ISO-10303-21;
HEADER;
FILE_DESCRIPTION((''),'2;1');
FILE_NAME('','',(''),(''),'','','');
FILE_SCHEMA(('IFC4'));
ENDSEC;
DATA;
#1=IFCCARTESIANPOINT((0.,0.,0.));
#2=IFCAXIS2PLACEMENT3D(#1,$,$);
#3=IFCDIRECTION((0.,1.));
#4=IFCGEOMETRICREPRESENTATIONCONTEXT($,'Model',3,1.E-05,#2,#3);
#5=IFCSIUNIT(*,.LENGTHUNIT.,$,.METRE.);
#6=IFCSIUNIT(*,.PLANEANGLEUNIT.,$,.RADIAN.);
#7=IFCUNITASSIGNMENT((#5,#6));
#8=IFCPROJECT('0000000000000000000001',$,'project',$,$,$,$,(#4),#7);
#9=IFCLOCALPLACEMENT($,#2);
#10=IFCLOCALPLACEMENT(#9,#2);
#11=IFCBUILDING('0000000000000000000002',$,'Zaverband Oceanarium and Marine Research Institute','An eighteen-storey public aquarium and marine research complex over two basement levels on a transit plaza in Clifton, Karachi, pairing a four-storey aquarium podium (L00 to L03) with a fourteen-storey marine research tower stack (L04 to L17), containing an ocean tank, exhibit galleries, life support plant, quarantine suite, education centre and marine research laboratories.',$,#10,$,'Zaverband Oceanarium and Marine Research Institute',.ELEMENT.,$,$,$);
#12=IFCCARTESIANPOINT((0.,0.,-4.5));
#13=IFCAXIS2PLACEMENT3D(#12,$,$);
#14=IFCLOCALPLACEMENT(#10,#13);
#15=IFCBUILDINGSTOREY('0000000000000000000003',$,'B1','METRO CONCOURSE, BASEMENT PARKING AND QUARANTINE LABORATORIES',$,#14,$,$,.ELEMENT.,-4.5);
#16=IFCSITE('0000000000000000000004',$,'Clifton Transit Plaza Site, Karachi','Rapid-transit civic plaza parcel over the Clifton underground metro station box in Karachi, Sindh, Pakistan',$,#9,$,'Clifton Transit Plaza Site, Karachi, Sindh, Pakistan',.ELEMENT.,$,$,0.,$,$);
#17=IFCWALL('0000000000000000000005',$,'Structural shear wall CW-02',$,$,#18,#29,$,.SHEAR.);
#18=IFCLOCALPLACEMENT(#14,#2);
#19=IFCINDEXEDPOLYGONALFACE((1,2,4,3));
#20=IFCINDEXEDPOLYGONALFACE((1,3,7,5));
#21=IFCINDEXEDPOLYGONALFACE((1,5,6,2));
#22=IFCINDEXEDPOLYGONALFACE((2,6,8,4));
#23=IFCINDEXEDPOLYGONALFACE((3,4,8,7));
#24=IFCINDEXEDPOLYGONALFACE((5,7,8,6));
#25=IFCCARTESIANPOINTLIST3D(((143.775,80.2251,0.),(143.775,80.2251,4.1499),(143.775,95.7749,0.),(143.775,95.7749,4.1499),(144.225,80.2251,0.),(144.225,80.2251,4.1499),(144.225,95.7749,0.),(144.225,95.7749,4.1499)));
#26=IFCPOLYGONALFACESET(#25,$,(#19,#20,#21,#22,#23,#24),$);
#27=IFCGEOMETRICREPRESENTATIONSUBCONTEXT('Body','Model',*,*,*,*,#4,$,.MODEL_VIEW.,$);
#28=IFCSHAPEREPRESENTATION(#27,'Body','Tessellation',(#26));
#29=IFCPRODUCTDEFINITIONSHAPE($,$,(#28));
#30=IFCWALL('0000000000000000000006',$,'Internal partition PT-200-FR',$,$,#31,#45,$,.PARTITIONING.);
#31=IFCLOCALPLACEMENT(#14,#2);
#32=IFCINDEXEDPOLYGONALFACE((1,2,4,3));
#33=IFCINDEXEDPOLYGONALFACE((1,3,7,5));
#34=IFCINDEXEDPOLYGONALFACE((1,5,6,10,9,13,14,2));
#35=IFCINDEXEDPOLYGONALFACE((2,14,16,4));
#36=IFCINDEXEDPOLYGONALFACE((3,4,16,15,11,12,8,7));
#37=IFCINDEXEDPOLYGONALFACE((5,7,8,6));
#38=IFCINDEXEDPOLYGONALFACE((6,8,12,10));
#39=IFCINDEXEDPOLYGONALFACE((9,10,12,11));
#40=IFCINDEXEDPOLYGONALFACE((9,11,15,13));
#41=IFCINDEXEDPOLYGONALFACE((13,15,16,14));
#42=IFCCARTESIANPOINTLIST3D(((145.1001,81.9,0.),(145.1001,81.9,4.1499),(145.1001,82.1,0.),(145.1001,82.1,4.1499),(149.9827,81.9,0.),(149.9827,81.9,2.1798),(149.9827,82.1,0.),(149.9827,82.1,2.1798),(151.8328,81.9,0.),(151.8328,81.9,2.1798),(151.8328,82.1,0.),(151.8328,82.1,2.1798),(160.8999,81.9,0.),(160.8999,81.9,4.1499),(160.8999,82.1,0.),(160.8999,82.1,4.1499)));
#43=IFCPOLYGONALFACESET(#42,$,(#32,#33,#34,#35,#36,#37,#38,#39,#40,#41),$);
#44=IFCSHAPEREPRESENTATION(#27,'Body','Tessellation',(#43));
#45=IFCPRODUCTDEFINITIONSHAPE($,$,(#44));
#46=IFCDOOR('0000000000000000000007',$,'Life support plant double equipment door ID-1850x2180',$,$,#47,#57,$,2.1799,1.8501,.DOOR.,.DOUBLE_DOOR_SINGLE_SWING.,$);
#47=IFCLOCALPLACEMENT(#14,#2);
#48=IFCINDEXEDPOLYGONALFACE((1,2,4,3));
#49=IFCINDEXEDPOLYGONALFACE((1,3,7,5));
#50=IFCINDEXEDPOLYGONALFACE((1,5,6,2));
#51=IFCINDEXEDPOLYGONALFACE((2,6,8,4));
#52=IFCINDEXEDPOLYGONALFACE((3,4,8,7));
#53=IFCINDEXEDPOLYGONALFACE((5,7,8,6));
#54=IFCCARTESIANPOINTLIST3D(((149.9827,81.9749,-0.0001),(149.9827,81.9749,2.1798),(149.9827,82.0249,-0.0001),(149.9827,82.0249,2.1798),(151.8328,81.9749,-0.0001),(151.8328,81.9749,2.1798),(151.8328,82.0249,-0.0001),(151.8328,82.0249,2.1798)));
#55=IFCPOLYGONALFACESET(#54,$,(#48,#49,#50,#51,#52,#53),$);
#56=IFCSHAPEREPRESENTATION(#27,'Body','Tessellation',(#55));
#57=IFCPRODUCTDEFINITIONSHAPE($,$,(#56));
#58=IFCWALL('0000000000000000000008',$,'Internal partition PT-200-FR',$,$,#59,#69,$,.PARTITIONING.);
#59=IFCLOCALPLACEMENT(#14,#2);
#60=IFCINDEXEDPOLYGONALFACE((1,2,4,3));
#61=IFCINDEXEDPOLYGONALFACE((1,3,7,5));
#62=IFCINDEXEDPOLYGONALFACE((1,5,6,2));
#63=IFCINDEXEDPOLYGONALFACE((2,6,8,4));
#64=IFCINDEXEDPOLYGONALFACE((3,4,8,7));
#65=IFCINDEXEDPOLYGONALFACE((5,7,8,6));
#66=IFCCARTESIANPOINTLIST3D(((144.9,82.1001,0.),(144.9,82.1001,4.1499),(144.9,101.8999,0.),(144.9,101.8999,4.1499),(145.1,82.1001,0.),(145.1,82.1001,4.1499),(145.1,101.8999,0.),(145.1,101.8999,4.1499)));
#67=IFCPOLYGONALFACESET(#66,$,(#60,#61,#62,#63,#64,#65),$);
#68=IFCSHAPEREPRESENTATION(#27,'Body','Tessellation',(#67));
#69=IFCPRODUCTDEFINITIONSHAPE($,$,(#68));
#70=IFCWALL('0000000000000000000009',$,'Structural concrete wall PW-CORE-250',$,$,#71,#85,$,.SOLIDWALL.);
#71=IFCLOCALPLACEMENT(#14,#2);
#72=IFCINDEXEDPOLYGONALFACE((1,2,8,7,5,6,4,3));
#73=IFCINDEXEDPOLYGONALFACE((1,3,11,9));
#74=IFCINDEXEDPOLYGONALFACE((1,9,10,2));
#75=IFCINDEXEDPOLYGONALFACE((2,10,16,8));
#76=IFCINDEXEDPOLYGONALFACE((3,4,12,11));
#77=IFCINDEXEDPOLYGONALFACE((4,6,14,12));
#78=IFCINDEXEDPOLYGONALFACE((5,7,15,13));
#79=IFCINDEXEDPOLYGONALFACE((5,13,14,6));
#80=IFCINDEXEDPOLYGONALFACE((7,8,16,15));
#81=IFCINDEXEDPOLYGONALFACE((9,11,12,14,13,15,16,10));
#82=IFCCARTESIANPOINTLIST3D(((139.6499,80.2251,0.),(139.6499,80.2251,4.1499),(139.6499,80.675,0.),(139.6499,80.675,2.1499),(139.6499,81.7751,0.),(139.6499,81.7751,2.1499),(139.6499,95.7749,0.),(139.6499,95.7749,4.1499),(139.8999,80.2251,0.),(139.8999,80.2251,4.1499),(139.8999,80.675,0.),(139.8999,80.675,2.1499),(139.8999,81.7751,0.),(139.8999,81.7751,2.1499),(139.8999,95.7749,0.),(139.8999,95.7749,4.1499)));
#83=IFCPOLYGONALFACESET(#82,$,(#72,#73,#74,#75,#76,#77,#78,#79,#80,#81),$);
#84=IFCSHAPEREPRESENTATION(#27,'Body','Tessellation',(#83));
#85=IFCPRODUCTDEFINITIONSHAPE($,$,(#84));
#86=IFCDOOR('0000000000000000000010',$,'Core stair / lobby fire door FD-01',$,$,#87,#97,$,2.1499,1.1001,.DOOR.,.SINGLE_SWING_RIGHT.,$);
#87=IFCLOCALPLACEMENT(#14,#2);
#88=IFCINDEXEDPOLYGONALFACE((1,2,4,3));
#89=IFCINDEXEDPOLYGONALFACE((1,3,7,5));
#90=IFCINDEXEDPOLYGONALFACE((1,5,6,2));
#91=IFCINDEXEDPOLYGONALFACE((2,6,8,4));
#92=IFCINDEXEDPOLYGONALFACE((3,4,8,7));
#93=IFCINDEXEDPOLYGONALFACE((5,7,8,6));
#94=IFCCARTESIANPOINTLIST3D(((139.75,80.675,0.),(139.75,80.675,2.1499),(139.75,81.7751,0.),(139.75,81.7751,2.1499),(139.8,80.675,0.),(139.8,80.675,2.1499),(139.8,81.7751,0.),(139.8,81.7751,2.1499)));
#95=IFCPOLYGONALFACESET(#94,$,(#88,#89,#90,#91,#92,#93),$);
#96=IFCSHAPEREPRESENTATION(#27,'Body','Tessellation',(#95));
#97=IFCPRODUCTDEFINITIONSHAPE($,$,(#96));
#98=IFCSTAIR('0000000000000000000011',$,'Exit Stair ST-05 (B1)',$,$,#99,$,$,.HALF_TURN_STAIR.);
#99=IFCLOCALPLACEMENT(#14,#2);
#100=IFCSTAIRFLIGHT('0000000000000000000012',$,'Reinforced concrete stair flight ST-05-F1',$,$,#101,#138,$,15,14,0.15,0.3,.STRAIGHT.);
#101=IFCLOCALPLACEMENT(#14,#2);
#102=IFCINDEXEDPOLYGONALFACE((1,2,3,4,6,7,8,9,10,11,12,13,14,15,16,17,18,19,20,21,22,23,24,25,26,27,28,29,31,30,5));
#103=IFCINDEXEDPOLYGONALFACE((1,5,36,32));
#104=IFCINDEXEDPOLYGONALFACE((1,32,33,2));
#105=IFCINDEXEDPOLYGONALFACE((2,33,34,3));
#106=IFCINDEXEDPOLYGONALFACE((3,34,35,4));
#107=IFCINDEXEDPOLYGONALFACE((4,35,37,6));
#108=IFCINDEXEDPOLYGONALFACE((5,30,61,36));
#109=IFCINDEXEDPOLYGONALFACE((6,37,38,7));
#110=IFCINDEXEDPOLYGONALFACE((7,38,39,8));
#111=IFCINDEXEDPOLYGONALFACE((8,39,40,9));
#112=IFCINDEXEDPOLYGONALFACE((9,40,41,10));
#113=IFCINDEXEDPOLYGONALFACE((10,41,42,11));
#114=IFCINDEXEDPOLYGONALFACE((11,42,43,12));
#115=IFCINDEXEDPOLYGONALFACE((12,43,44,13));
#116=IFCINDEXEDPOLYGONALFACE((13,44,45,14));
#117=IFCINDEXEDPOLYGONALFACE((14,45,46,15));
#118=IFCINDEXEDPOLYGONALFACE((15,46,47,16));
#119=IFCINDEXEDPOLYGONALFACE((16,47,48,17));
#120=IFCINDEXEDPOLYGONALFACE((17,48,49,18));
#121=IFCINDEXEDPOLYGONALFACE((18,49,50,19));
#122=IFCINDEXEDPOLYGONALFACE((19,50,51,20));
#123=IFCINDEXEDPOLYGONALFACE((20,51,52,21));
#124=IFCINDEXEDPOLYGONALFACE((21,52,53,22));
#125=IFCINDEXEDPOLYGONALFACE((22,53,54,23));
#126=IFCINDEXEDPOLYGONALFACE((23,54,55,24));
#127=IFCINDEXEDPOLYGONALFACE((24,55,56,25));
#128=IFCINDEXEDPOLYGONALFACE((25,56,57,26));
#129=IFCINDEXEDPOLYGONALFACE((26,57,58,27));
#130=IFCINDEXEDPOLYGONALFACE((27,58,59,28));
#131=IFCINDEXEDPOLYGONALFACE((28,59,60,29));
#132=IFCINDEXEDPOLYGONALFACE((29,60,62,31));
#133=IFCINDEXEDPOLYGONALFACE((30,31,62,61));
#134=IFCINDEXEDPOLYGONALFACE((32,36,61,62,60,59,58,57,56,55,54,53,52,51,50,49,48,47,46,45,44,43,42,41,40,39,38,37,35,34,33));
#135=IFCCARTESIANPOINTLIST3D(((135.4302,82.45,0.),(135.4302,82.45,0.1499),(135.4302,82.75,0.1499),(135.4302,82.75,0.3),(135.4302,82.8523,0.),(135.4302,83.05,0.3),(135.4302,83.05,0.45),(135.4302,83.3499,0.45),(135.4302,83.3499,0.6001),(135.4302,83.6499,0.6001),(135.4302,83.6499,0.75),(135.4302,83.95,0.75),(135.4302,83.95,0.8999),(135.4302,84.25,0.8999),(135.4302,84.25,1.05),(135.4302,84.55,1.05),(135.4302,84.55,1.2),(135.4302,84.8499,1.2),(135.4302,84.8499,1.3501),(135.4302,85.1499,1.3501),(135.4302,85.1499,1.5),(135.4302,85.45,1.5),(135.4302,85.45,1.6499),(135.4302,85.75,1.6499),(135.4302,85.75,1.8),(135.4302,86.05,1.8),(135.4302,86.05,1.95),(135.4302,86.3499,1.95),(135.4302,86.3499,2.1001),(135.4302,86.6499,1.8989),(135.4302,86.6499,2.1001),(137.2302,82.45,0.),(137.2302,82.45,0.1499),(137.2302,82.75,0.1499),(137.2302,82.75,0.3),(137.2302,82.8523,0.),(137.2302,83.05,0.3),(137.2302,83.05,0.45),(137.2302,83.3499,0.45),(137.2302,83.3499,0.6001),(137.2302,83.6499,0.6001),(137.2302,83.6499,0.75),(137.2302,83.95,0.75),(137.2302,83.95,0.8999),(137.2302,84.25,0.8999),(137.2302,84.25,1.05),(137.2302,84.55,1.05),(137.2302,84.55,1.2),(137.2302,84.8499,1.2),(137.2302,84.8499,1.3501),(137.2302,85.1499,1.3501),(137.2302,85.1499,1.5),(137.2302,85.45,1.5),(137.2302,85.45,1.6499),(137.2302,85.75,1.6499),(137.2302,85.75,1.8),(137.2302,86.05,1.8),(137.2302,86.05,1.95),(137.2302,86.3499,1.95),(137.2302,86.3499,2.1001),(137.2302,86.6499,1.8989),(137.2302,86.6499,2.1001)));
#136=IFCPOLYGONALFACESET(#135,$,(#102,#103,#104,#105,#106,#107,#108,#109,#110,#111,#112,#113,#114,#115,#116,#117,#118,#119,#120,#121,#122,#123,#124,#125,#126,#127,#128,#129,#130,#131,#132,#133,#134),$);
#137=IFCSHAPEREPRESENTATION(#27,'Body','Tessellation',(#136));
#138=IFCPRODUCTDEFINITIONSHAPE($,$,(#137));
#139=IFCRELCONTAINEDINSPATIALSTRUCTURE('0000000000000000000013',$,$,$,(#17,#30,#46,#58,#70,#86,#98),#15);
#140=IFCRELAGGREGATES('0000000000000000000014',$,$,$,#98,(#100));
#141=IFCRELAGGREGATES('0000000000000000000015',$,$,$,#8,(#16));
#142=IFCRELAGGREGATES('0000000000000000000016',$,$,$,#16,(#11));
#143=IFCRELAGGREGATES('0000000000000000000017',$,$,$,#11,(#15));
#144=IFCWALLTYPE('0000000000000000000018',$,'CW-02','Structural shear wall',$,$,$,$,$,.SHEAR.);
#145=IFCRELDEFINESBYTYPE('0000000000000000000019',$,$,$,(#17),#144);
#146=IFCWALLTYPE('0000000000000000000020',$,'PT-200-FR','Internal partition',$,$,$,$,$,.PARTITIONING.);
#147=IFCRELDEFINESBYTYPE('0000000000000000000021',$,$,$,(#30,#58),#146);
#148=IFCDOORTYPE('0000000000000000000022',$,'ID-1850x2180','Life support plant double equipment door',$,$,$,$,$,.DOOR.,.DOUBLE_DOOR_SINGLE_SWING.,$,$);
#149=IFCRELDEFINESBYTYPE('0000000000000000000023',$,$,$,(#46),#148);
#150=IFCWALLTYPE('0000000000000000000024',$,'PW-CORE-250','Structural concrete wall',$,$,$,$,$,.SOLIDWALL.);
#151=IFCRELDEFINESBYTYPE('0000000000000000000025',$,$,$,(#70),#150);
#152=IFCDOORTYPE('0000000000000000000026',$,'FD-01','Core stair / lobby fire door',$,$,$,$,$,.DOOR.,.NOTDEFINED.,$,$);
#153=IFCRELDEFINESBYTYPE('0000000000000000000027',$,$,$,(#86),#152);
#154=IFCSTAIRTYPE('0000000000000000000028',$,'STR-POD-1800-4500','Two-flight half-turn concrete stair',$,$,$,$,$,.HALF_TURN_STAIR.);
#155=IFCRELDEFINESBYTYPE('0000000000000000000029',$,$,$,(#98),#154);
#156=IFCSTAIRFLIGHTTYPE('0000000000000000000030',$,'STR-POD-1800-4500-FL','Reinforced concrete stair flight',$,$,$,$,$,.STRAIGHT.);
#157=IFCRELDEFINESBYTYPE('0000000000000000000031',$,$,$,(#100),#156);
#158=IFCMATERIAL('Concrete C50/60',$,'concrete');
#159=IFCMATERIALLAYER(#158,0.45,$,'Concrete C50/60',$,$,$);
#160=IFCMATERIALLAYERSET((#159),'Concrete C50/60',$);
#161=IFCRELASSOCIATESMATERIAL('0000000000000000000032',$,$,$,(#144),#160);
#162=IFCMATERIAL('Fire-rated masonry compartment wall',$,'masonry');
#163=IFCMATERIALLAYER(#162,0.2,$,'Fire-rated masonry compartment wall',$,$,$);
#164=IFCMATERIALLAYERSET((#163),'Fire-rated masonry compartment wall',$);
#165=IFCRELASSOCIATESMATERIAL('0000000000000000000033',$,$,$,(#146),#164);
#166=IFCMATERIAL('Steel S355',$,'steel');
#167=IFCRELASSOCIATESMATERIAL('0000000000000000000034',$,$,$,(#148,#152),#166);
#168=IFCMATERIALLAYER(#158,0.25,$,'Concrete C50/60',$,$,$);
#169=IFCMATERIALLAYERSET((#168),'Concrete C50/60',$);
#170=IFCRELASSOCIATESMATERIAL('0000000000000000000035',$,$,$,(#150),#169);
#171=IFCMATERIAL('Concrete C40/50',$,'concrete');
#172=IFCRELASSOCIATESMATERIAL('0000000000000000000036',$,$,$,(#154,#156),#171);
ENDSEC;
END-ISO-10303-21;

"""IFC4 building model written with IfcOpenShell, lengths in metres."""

from ifc_helpers import new_model, si_unit, direction, frame, frame_2d, origin, place, context, subcontext, project, spatial, polyline, rectangle, outline, extrude, material, layer, layer_set, type_object, element, fill, aggregate, save


model = new_model("IFC4")

# Units and contexts
model_context = context("Model", 3, precision=1e-05, world=origin(), true_north=direction((0.0, 1.0)))
body_context = subcontext(model_context, "Body", "Model", "MODEL_VIEW")
ifc_project = project(units=[si_unit("LENGTHUNIT", "METRE"), si_unit("PLANEANGLEUNIT", "RADIAN")], contexts=[model_context])

# Site, building, storey
site_placement = place(None, origin())
site = spatial("IfcSite", under=ifc_project, at=site_placement, Name="Clifton Transit Plaza Site, Karachi", Description="Rapid-transit civic plaza parcel over the Clifton underground metro station box in Karachi, Sindh, Pakistan", LongName="Clifton Transit Plaza Site, Karachi, Sindh, Pakistan", CompositionType="ELEMENT", RefElevation=0.0)
building_placement = place(site_placement, origin())
building = spatial("IfcBuilding", under=site, at=building_placement, Name="Zaverband Oceanarium and Marine Research Institute", Description="An eighteen-storey public aquarium and marine research complex over two basement levels on a transit plaza in Clifton, Karachi, pairing a four-storey aquarium podium (L00 to L03) with a fourteen-storey marine research tower stack (L04 to L17), containing an ocean tank, exhibit galleries, life support plant, quarantine suite, education centre and marine research laboratories.", LongName="Zaverband Oceanarium and Marine Research Institute", CompositionType="ELEMENT")
storey_placement = place(building_placement, frame((0.0, 0.0, -4.5)))
storey = spatial("IfcBuildingStorey", under=building, at=storey_placement, Name="B1", Description="METRO CONCOURSE, BASEMENT PARKING AND QUARANTINE LABORATORIES", CompositionType="ELEMENT", Elevation=-4.5)

# Shared definitions
ifc_material_1 = material(Name="Concrete C50/60", Category="concrete")

# Shared definitions
ifc_material_2 = material(Name="Concrete C40/50", Category="concrete")

# Shared definitions
ifc_layer_1 = layer(ifc_material_1, 0.45, Name="Concrete C50/60")
ifc_layer_set_1 = layer_set([ifc_layer_1], Name="Concrete C50/60")
wall_type_1 = type_object("IfcWallType", Name="CW-02", Description="Structural shear wall", PredefinedType="SHEAR", material=ifc_layer_set_1)
ifc_material_3 = material(Name="Steel S355", Category="steel")

# Wall
wall_1_placement = place(storey_placement, frame((144.0, 80.2251, 0.0), z_axis=(0.0, 0.0, 1.0), x_axis=(0.0, 1.0, 0.0)))
element("IfcWall", 1, at=wall_1_placement, inside=storey, type_object=wall_type_1, Name="Structural shear wall CW-02", PredefinedType="SHEAR", context=body_context, shape_type="SweptSolid", body=[
    extrude(rectangle(XDim=15.5498, YDim=0.45, at=frame_2d((7.7749, 0.0))), origin(), (0.0, 0.0, 1.0), 4.1499),
])

# Wall, opening, door
ifc_material_4 = material(Name="Fire-rated masonry compartment wall", Category="masonry")
ifc_layer_2 = layer(ifc_material_4, 0.2, Name="Fire-rated masonry compartment wall")
ifc_layer_set_2 = layer_set([ifc_layer_2], Name="Fire-rated masonry compartment wall")
wall_type_2 = type_object("IfcWallType", Name="PT-200-FR", Description="Internal partition", PredefinedType="PARTITIONING", material=ifc_layer_set_2)
wall_2_placement = place(storey_placement, frame((145.1001, 82.0, 0.0), z_axis=(0.0, 0.0, 1.0), x_axis=(1.0, 0.0, 0.0)))
wall_2 = element("IfcWall", 2, at=wall_2_placement, inside=storey, type_object=wall_type_2, Name="Internal partition PT-200-FR", PredefinedType="PARTITIONING", context=body_context, shape_type="SweptSolid", body=[
    extrude(rectangle(XDim=15.7998, YDim=0.2, at=frame_2d((7.8999, 0.0))), origin(), (0.0, 0.0, 1.0), 4.1499),
])
opening_1_placement = place(wall_2_placement, frame((4.8826, 0.0, 0.0)))
opening_1 = element("IfcOpeningElement", 3, at=opening_1_placement, cuts=wall_2, PredefinedType="OPENING", context=body_context, shape_type="SweptSolid", body=[
    extrude(rectangle(XDim=1.8501, YDim=2.1799, at=frame_2d((0.925, 1.0898))), frame((0.0, 0.1118, 0.0), z_axis=(0.0, -1.0, 0.0), x_axis=(1.0, 0.0, 0.0)), (0.0, 0.0, 1.0), 0.2239),
])
door_type_1 = type_object("IfcDoorType", Name="ID-1850x2180", Description="Life support plant double equipment door", OperationType="DOUBLE_DOOR_SINGLE_SWING", PredefinedType="DOOR", material=ifc_material_3)
door_1_placement = place(opening_1_placement, origin())
door_1 = element("IfcDoor", 4, at=door_1_placement, inside=storey, type_object=door_type_1, Name="Life support plant double equipment door ID-1850x2180", OperationType="DOUBLE_DOOR_SINGLE_SWING", OverallHeight=2.1799, OverallWidth=1.8501, PredefinedType="DOOR", context=body_context, shape_type="SweptSolid", body=[
    extrude(rectangle(XDim=1.8501, YDim=2.1799, at=frame_2d((0.925, 1.0898))), frame((0.0, 0.0249, 0.0), z_axis=(0.0, -1.0, 0.0), x_axis=(1.0, 0.0, 0.0)), (0.0, 0.0, 1.0), 0.05),
])
fill(opening_1, door_1)

# Wall
wall_3_placement = place(storey_placement, frame((145.0, 82.1001, 0.0), z_axis=(0.0, 0.0, 1.0), x_axis=(0.0, 1.0, 0.0)))
element("IfcWall", 5, at=wall_3_placement, inside=storey, type_object=wall_type_2, Name="Internal partition PT-200-FR", PredefinedType="PARTITIONING", context=body_context, shape_type="SweptSolid", body=[
    extrude(rectangle(XDim=19.7998, YDim=0.2, at=frame_2d((9.8999, 0.0))), origin(), (0.0, 0.0, 1.0), 4.1499),
])

# Wall, opening, door
ifc_layer_3 = layer(ifc_material_1, 0.25, Name="Concrete C50/60")
ifc_layer_set_3 = layer_set([ifc_layer_3], Name="Concrete C50/60")
wall_type_3 = type_object("IfcWallType", Name="PW-CORE-250", Description="Structural concrete wall", PredefinedType="SOLIDWALL", material=ifc_layer_set_3)
wall_4_placement = place(storey_placement, frame((139.7749, 80.2251, 0.0), z_axis=(0.0, 0.0, 1.0), x_axis=(0.0, 1.0, 0.0)))
wall_4 = element("IfcWall", 6, at=wall_4_placement, inside=storey, type_object=wall_type_3, Name="Structural concrete wall PW-CORE-250", PredefinedType="SOLIDWALL", context=body_context, shape_type="SweptSolid", body=[
    extrude(rectangle(XDim=15.5498, YDim=0.25, at=frame_2d((7.7749, 0.0))), origin(), (0.0, 0.0, 1.0), 4.1499),
])
opening_2_placement = place(wall_4_placement, frame((0.45, 0.0, 0.0)))
opening_2 = element("IfcOpeningElement", 7, at=opening_2_placement, cuts=wall_4, PredefinedType="OPENING", context=body_context, shape_type="SweptSolid", body=[
    extrude(rectangle(XDim=1.1001, YDim=2.1499, at=frame_2d((0.55, 1.075))), frame((0.0, 0.137, 0.0), z_axis=(0.0, -1.0, 0.0), x_axis=(1.0, 0.0, 0.0)), (0.0, 0.0, 1.0), 0.2739),
])
door_type_2 = type_object("IfcDoorType", Name="FD-01", Description="Core stair / lobby fire door", OperationType="NOTDEFINED", PredefinedType="DOOR", material=ifc_material_3)
door_2_placement = place(opening_2_placement, origin())
door_2 = element("IfcDoor", 8, at=door_2_placement, inside=storey, type_object=door_type_2, Name="Core stair / lobby fire door FD-01", OperationType="SINGLE_SWING_RIGHT", OverallHeight=2.1499, OverallWidth=1.1001, PredefinedType="DOOR", context=body_context, shape_type="SweptSolid", body=[
    extrude(rectangle(XDim=1.1001, YDim=2.1499, at=frame_2d((0.55, 1.075))), frame((0.0, 0.0249, 0.0), z_axis=(0.0, -1.0, 0.0), x_axis=(1.0, 0.0, 0.0)), (0.0, 0.0, 1.0), 0.05),
])
fill(opening_2, door_2)

# Stair, stair flight
stair_type = type_object("IfcStairType", Name="STR-POD-1800-4500", Description="Two-flight half-turn concrete stair", PredefinedType="HALF_TURN_STAIR", material=ifc_material_2)
stair_placement = place(storey_placement, origin())
stair = element("IfcStair", 9, at=stair_placement, inside=storey, type_object=stair_type, Name="Exit Stair ST-05 (B1)", PredefinedType="HALF_TURN_STAIR")
stair_flight_type = type_object("IfcStairFlightType", Name="STR-POD-1800-4500-FL", Description="Reinforced concrete stair flight", PredefinedType="STRAIGHT", material=ifc_material_2)
stair_flight_1_placement = place(storey_placement, frame((136.3301, 82.45, 0.0), z_axis=(0.0, 0.0, 1.0), x_axis=(0.0, 1.0, 0.0)))
stair_flight_1 = element("IfcStairFlight", 10, at=stair_flight_1_placement, type_object=stair_flight_type, Name="Reinforced concrete stair flight ST-05-F1", NumberOfRisers=15, NumberOfTreads=14, PredefinedType="STRAIGHT", RiserHeight=0.15, TreadLength=0.3, context=body_context, shape_type="SweptSolid", body=[
    extrude(outline(polyline([(0.0, 0.0), (0.0, 0.1499), (0.3, 0.1499), (0.3, 0.3), (0.6001, 0.3), (0.6001, 0.45), (0.8999, 0.45), (0.8999, 0.6001), (1.2, 0.6001), (1.2, 0.75), (1.5, 0.75), (1.5, 0.8999), (1.8, 0.8999), (1.8, 1.05), (2.1001, 1.05), (2.1001, 1.2), (2.3999, 1.2), (2.3999, 1.3501), (2.7, 1.3501), (2.7, 1.5), (3.0, 1.5), (3.0, 1.6499), (3.3, 1.6499), (3.3, 1.8), (3.6001, 1.8), (3.6001, 1.95), (3.8999, 1.95), (3.8999, 2.1001), (4.2, 2.1001), (4.2, 2.25), (4.2, 1.8989), (0.4023, 0.0), (0.0, 0.0)])), frame((0.0, 0.8999, 0.0), z_axis=(0.0, -1.0, 0.0), x_axis=(1.0, 0.0, 0.0)), (0.0, 0.0, 1.0), 1.8),
])
aggregate(stair, [stair_flight_1])

save(model, "model.ifc")
